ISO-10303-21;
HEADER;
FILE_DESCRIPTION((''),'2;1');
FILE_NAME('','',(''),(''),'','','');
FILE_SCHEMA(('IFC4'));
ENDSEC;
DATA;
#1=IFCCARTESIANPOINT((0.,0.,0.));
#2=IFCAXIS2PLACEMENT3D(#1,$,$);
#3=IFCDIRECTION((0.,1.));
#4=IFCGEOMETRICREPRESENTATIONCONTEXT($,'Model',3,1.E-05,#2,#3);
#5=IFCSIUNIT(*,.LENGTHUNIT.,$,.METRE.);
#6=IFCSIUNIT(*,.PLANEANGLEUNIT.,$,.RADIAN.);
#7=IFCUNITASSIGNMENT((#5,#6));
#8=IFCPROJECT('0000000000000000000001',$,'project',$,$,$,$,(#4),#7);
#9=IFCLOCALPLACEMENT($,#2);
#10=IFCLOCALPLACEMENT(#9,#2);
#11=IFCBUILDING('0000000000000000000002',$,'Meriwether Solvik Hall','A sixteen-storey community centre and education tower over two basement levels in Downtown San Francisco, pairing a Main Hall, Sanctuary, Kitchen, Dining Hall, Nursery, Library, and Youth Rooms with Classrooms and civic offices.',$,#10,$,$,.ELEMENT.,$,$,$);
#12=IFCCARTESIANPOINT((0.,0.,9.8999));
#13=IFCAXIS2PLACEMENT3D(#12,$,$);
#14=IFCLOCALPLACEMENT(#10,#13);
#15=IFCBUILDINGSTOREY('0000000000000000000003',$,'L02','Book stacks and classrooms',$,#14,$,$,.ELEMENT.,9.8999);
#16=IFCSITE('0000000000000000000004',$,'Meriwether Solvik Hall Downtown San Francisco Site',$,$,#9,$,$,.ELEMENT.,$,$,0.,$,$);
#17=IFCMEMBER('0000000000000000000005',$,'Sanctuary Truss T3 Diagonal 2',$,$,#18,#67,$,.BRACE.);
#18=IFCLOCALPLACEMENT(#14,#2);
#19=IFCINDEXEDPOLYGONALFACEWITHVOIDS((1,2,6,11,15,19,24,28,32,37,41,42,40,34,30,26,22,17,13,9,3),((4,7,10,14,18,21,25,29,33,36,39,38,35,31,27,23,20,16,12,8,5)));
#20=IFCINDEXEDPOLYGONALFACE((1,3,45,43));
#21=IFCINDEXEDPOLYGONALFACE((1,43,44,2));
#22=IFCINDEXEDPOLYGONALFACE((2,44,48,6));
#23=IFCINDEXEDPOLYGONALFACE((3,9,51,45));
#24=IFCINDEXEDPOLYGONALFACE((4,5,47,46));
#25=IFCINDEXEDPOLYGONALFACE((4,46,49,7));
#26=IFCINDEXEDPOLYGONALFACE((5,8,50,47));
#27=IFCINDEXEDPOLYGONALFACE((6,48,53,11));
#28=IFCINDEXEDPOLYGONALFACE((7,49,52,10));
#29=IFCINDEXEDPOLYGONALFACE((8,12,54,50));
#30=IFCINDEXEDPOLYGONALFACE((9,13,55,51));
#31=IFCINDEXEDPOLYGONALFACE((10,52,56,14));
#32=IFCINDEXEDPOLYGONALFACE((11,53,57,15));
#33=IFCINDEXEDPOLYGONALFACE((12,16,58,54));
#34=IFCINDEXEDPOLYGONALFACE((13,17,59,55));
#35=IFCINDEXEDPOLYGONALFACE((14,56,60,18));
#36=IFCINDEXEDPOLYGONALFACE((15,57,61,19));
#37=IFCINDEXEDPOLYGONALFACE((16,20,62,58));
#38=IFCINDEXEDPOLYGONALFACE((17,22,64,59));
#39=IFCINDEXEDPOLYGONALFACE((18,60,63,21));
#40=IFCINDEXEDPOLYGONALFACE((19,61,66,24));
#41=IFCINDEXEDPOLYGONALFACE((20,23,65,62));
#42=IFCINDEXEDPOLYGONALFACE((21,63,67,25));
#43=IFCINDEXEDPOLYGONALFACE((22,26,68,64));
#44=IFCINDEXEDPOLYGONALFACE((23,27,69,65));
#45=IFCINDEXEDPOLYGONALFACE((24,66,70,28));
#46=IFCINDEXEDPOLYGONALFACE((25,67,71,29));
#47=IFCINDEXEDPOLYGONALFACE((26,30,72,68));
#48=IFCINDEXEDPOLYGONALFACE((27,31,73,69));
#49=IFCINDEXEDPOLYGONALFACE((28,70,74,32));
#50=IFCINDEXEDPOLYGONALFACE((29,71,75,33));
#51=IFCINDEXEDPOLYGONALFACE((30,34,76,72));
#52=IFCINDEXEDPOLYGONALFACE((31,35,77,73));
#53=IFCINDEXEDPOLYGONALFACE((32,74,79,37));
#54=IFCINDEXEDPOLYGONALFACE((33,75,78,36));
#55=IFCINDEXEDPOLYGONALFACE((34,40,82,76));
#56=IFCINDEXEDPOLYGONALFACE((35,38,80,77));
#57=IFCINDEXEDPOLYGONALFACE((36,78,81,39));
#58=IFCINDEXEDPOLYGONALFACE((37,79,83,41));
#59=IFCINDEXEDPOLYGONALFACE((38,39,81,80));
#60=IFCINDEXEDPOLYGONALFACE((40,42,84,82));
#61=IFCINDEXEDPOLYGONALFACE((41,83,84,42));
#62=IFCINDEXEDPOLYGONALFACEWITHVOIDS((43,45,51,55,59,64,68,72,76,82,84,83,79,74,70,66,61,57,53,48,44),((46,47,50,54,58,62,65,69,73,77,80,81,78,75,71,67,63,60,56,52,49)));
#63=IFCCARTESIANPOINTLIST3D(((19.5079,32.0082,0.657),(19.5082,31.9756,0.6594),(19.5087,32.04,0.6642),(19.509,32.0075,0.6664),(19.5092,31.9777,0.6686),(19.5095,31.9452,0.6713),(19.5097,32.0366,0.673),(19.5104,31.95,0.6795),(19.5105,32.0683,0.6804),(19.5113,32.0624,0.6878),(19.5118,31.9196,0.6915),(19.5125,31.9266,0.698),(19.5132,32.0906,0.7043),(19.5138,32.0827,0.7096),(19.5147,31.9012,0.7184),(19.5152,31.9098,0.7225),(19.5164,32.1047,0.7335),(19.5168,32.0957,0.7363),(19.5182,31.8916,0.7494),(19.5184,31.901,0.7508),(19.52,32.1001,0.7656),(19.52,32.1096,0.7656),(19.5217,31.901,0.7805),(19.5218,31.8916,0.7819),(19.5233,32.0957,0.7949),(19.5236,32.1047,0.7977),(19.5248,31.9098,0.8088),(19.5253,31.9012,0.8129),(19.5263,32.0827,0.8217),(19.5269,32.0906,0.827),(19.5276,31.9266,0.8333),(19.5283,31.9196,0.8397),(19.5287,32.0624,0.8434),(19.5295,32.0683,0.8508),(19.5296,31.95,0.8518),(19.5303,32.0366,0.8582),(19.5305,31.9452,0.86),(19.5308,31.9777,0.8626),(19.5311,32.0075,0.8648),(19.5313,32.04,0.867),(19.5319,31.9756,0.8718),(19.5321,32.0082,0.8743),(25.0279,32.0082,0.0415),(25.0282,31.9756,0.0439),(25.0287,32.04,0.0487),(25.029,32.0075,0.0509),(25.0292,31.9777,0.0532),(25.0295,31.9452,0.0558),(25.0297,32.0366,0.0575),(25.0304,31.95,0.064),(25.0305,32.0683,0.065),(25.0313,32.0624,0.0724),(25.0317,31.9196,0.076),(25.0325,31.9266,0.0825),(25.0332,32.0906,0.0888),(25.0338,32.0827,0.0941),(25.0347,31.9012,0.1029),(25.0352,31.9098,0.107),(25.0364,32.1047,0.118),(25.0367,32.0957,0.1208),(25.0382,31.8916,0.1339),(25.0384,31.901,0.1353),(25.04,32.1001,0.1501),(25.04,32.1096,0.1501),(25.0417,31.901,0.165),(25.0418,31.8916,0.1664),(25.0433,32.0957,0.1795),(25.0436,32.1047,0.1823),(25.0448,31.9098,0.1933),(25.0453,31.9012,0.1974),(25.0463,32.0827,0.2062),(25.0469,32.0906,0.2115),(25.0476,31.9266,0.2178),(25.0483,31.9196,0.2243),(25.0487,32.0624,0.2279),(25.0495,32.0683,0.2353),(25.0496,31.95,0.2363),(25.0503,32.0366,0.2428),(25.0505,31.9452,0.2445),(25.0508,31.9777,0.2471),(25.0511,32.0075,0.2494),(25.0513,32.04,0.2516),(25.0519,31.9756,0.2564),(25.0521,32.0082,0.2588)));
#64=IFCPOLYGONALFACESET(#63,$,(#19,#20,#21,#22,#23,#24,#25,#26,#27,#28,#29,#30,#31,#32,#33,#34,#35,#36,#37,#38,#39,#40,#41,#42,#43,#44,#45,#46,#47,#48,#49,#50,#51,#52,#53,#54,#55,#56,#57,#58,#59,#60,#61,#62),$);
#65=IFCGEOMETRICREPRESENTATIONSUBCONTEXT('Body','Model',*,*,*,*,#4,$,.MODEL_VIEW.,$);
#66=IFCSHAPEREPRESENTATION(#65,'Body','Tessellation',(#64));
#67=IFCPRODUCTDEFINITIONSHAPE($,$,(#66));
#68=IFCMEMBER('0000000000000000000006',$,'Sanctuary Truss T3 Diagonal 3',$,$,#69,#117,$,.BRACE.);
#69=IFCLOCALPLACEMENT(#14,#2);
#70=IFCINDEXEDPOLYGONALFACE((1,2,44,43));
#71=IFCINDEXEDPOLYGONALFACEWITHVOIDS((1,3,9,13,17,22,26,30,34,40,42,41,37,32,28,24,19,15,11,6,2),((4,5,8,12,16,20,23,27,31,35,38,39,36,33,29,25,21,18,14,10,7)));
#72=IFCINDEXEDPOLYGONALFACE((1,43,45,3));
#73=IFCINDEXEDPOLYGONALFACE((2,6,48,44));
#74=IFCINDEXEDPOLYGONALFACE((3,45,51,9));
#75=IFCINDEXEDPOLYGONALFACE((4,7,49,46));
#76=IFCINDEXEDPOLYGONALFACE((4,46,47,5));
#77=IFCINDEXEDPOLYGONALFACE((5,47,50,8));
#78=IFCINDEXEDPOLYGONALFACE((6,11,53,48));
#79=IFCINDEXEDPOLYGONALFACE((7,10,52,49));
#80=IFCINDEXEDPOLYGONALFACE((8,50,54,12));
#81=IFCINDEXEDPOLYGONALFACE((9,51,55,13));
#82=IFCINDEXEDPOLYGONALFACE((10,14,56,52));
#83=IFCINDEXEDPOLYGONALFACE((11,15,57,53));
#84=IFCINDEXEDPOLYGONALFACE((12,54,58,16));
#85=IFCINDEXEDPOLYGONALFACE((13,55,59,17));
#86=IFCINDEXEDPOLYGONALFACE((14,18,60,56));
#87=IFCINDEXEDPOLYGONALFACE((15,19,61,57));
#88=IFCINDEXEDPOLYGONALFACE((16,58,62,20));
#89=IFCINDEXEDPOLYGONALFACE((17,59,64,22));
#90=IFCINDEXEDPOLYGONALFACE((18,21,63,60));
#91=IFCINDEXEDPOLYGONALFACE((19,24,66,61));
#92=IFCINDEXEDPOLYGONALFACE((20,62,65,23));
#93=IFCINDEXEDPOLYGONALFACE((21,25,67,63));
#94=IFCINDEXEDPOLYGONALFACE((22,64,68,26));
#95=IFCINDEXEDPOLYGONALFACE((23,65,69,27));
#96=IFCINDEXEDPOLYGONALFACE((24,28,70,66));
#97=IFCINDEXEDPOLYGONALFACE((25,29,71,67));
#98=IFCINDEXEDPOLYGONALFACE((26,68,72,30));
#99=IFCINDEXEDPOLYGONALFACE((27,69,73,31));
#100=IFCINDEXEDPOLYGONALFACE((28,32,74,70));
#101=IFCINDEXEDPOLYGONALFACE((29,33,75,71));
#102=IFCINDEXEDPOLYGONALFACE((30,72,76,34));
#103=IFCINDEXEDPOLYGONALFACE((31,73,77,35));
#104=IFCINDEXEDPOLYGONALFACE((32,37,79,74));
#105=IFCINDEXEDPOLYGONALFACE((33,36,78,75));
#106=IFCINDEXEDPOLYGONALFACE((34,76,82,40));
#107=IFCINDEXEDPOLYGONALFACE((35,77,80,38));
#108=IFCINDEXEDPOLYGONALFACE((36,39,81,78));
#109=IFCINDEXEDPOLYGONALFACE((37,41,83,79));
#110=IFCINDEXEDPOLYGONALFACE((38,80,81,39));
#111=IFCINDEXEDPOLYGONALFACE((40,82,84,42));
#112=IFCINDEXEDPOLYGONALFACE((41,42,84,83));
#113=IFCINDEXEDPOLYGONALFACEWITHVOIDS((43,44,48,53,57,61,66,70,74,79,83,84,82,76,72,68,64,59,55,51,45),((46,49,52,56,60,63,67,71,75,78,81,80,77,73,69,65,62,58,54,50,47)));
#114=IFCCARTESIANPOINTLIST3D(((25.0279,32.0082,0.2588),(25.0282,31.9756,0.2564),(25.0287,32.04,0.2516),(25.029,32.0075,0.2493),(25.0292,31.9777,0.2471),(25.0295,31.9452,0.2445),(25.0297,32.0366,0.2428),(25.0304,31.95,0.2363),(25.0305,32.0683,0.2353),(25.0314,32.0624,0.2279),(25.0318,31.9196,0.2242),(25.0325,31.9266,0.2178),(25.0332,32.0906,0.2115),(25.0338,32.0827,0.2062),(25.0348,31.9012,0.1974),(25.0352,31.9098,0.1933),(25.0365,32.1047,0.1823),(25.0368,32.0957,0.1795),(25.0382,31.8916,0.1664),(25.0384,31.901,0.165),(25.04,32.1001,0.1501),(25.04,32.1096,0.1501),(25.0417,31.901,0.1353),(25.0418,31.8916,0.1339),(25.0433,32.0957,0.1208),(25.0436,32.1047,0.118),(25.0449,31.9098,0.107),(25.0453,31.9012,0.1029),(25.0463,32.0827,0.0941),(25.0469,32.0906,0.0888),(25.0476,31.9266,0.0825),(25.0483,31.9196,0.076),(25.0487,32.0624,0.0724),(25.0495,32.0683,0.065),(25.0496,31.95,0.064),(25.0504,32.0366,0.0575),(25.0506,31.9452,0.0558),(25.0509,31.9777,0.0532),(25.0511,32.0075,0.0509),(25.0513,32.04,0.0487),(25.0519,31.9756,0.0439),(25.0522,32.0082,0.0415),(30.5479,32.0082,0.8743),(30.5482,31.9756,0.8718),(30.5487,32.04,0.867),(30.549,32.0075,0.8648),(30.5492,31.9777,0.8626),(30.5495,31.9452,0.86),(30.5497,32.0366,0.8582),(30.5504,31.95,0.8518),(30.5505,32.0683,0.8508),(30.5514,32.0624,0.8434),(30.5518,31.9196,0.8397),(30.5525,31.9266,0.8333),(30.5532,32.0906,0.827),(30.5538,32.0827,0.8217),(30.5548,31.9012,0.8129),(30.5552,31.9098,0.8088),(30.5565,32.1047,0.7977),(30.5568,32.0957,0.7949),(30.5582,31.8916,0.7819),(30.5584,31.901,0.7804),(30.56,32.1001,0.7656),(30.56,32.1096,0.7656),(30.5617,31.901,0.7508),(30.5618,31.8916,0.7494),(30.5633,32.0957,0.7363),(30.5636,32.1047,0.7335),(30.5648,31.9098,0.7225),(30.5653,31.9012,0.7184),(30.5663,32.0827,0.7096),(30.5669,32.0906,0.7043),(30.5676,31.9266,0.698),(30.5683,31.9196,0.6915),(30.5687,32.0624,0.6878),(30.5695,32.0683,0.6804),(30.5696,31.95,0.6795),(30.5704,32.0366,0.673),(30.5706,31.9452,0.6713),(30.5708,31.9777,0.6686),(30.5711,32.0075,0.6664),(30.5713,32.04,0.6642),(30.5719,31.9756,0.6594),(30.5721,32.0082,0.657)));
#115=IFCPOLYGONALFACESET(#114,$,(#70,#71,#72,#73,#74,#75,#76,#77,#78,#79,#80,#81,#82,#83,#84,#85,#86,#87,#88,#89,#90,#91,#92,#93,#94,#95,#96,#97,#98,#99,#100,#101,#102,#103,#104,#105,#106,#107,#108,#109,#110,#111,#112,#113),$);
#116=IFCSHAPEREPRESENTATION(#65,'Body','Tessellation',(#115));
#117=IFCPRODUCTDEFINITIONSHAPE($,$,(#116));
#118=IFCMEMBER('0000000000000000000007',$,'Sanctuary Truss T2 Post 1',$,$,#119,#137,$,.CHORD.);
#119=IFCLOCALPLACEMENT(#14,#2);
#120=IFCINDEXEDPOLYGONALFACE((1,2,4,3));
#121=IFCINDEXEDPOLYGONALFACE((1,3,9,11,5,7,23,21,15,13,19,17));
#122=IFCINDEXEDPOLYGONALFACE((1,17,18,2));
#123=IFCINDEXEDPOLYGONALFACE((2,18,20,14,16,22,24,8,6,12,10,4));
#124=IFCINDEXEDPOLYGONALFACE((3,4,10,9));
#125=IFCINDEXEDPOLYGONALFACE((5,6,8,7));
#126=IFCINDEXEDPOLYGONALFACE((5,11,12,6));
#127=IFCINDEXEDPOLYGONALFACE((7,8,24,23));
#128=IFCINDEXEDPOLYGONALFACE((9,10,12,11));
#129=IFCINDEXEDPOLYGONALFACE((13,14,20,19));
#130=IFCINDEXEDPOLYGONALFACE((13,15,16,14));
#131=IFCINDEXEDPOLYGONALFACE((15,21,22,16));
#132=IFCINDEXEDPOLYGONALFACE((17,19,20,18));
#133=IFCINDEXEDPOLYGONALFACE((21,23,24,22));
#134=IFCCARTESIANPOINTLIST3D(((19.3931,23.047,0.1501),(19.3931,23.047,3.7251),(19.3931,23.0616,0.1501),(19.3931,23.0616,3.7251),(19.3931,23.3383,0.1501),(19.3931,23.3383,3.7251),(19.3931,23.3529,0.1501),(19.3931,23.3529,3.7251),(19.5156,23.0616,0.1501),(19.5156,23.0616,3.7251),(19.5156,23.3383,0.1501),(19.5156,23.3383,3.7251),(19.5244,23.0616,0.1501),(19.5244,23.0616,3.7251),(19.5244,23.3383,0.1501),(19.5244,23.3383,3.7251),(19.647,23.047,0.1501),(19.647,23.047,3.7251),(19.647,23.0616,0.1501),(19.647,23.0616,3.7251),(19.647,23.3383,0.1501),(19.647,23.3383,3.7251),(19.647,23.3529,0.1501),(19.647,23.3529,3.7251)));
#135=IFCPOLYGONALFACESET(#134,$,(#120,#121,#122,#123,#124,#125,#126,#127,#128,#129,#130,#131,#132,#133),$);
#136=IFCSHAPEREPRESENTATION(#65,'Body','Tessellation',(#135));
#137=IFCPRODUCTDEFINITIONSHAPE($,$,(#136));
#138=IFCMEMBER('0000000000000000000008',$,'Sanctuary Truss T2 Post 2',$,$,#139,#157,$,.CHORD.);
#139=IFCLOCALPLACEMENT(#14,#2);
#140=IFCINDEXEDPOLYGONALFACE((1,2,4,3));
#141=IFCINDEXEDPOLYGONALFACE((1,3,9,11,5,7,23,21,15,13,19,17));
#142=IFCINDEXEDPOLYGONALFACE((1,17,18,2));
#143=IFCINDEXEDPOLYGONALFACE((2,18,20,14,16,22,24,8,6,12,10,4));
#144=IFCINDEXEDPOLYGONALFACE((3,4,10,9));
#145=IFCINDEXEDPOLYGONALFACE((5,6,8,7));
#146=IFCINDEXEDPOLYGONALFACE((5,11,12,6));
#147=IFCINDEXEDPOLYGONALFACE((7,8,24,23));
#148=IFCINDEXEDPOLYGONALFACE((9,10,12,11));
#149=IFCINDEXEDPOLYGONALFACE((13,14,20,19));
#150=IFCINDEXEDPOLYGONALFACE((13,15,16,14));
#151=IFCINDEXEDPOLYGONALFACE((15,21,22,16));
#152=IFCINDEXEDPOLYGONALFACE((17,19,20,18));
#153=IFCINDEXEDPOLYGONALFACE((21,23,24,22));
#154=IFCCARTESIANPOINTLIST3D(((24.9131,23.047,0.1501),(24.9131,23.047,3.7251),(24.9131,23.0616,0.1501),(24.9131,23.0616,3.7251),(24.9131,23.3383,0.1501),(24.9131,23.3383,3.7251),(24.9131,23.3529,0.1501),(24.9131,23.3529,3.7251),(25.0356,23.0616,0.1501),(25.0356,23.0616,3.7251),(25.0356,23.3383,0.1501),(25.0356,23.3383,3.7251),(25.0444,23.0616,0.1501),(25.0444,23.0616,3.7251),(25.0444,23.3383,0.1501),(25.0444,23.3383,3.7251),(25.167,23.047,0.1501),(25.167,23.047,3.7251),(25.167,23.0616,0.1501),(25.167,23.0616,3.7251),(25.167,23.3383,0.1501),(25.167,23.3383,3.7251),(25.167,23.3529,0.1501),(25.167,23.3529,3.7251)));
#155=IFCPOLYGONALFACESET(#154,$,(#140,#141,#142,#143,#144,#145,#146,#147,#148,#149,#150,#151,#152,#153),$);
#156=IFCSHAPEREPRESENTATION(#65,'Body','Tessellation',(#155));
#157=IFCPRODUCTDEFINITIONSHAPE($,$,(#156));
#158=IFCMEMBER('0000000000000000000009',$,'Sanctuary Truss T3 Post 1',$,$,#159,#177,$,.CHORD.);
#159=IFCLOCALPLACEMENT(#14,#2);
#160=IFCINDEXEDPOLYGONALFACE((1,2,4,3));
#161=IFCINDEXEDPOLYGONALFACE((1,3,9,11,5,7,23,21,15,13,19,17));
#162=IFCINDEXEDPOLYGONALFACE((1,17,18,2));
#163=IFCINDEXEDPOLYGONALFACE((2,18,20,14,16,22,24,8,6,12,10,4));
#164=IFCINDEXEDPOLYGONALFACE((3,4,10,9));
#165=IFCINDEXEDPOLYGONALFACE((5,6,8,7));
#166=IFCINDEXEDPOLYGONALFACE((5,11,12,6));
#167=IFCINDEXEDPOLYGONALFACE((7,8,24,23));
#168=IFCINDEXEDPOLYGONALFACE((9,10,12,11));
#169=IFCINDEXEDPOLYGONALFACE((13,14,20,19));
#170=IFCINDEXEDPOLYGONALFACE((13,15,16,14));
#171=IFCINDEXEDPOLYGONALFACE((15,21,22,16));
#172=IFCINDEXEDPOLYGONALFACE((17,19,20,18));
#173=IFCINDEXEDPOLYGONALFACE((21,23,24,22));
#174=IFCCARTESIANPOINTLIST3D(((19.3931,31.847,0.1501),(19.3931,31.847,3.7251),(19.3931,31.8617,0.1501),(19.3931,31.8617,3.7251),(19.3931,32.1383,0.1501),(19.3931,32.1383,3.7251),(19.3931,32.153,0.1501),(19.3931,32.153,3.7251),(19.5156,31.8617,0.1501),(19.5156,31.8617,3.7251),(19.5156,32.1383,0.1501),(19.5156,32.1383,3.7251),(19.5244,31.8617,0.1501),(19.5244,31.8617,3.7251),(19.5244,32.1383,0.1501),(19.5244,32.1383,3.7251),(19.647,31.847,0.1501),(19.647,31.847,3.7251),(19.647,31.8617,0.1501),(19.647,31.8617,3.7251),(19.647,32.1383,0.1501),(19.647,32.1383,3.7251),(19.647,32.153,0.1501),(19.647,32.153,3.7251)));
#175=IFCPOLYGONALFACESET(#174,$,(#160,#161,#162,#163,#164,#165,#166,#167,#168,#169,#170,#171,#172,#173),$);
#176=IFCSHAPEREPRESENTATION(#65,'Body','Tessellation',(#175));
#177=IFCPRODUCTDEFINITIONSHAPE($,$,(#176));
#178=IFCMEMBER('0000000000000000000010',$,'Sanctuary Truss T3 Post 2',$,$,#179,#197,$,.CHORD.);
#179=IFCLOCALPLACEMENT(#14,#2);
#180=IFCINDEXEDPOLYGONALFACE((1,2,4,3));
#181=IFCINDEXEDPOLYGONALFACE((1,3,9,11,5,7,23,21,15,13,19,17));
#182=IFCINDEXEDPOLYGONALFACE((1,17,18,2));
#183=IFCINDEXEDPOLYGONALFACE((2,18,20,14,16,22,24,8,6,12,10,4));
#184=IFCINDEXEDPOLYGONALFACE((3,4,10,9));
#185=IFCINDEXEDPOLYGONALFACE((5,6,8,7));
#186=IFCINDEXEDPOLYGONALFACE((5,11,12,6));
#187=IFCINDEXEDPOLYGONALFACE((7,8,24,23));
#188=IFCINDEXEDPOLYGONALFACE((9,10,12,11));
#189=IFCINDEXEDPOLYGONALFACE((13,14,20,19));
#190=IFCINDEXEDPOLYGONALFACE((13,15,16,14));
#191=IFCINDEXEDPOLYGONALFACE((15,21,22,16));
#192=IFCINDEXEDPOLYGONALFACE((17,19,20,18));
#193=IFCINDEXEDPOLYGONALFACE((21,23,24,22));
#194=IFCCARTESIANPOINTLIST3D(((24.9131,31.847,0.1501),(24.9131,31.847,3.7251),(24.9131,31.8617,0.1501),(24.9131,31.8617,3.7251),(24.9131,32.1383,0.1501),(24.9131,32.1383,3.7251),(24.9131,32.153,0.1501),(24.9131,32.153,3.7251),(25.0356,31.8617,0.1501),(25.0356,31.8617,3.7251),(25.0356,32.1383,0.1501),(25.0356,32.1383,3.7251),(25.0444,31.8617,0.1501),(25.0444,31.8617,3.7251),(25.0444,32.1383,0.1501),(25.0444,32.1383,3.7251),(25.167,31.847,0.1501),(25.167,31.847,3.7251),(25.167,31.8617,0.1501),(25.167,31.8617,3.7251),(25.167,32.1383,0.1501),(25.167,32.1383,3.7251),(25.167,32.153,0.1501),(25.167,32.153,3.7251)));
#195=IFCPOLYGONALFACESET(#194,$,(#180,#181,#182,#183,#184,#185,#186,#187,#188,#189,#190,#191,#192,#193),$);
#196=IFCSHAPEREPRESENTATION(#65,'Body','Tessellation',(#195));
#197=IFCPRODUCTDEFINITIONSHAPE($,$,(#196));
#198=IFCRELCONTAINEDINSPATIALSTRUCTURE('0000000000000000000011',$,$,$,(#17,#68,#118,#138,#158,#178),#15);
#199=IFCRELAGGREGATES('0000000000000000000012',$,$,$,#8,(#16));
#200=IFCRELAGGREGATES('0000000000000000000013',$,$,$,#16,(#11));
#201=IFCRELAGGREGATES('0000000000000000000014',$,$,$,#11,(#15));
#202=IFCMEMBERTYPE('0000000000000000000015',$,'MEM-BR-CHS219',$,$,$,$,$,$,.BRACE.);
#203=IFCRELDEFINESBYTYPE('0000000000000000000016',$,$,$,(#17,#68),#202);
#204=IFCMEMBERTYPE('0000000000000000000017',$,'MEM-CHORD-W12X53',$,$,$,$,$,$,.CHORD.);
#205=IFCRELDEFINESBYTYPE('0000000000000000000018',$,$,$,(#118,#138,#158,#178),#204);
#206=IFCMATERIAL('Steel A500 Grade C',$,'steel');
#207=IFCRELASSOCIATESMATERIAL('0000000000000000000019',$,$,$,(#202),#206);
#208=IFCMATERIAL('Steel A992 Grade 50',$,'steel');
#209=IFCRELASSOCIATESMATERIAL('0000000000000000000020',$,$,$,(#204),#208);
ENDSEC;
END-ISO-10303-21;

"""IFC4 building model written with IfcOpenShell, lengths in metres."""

from ifc_helpers import new_model, si_unit, direction, frame, origin, origin_2d, place, context, subcontext, project, spatial, hollow_circle, i_section, extrude, material, material_profile, profile_set, type_object, element, save


model = new_model("IFC4")

# Units and contexts
model_context = context("Model", 3, precision=1e-05, world=origin(), true_north=direction((0.0, 1.0)))
body_context = subcontext(model_context, "Body", "Model", "MODEL_VIEW")
ifc_project = project(units=[si_unit("LENGTHUNIT", "METRE"), si_unit("PLANEANGLEUNIT", "RADIAN")], contexts=[model_context])

# Site, building, storey
site_placement = place(None, origin())
site = spatial("IfcSite", under=ifc_project, at=site_placement, Name="Meriwether Solvik Hall Downtown San Francisco Site", CompositionType="ELEMENT", RefElevation=0.0)
building_placement = place(site_placement, origin())
building = spatial("IfcBuilding", under=site, at=building_placement, Name="Meriwether Solvik Hall", Description="A sixteen-storey community centre and education tower over two basement levels in Downtown San Francisco, pairing a Main Hall, Sanctuary, Kitchen, Dining Hall, Nursery, Library, and Youth Rooms with Classrooms and civic offices.", CompositionType="ELEMENT")
storey_placement = place(building_placement, frame((0.0, 0.0, 9.8999)))
storey = spatial("IfcBuildingStorey", under=building, at=storey_placement, Name="L02", Description="Book stacks and classrooms", CompositionType="ELEMENT", Elevation=9.8999)

# Members
ifc_material_1 = material(Name="Steel A500 Grade C", Category="steel")
ifc_material_profile_1 = material_profile(ifc_material_1, hollow_circle(Radius=0.1096, WallThickness=0.0095, at=origin_2d()), Name="CHS219X9.5")
ifc_profile_set_1 = profile_set([ifc_material_profile_1], Name="Steel A500 Grade C")
member_type_1 = type_object("IfcMemberType", Name="MEM-BR-CHS219", PredefinedType="BRACE", material=ifc_profile_set_1)
for number, where, z_axis, x_axis, name in (
    (1, (19.52, 32.0, 0.7656), (0.993841, 0.0, -0.110813), (0.0, 1.0, 0.0), "Sanctuary Truss T3 Diagonal 2"),
    (2, (25.04, 32.0, 0.1501), (0.993841, 0.0, 0.110813), (0.0, 1.0, 0.0), "Sanctuary Truss T3 Diagonal 3"),
):
    element("IfcMember", number, at=place(storey_placement, frame(where, z_axis=z_axis, x_axis=x_axis)), inside=storey, type_object=member_type_1, Name=name, PredefinedType="BRACE", context=body_context, shape_type="SweptSolid", body=[
        extrude(hollow_circle(Radius=0.1096, WallThickness=0.0095, at=origin_2d()), origin(), (0.0, 0.0, 1.0), 5.5542),
    ])
ifc_material_2 = material(Name="Steel A992 Grade 50", Category="steel")
ifc_material_profile_2 = material_profile(ifc_material_2, i_section(OverallWidth=0.2539, OverallDepth=0.3059, WebThickness=0.0088, FlangeThickness=0.0146, at=origin_2d()), Name="W12X53")
ifc_profile_set_2 = profile_set([ifc_material_profile_2], Name="Steel A992 Grade 50")
member_type_2 = type_object("IfcMemberType", Name="MEM-CHORD-W12X53", PredefinedType="CHORD", material=ifc_profile_set_2)
for number, where, z_axis, x_axis, name in (
    (3, (19.52, 23.2, 0.1501), (0.0, 0.0, 1.0), (1.0, 0.0, 0.0), "Sanctuary Truss T2 Post 1"),
    (4, (25.04, 23.2, 0.1501), (0.0, 0.0, 1.0), (1.0, 0.0, 0.0), "Sanctuary Truss T2 Post 2"),
    (5, (19.52, 32.0, 0.1501), (0.0, 0.0, 1.0), (1.0, 0.0, 0.0), "Sanctuary Truss T3 Post 1"),
    (6, (25.04, 32.0, 0.1501), (0.0, 0.0, 1.0), (1.0, 0.0, 0.0), "Sanctuary Truss T3 Post 2"),
):
    element("IfcMember", number, at=place(storey_placement, frame(where, z_axis=z_axis, x_axis=x_axis)), inside=storey, type_object=member_type_2, Name=name, PredefinedType="CHORD", context=body_context, shape_type="SweptSolid", body=[
        extrude(i_section(OverallWidth=0.2539, OverallDepth=0.3059, WebThickness=0.0088, FlangeThickness=0.0146, at=origin_2d()), origin(), (0.0, 0.0, 1.0), 3.575),
    ])

save(model, "model.ifc")
